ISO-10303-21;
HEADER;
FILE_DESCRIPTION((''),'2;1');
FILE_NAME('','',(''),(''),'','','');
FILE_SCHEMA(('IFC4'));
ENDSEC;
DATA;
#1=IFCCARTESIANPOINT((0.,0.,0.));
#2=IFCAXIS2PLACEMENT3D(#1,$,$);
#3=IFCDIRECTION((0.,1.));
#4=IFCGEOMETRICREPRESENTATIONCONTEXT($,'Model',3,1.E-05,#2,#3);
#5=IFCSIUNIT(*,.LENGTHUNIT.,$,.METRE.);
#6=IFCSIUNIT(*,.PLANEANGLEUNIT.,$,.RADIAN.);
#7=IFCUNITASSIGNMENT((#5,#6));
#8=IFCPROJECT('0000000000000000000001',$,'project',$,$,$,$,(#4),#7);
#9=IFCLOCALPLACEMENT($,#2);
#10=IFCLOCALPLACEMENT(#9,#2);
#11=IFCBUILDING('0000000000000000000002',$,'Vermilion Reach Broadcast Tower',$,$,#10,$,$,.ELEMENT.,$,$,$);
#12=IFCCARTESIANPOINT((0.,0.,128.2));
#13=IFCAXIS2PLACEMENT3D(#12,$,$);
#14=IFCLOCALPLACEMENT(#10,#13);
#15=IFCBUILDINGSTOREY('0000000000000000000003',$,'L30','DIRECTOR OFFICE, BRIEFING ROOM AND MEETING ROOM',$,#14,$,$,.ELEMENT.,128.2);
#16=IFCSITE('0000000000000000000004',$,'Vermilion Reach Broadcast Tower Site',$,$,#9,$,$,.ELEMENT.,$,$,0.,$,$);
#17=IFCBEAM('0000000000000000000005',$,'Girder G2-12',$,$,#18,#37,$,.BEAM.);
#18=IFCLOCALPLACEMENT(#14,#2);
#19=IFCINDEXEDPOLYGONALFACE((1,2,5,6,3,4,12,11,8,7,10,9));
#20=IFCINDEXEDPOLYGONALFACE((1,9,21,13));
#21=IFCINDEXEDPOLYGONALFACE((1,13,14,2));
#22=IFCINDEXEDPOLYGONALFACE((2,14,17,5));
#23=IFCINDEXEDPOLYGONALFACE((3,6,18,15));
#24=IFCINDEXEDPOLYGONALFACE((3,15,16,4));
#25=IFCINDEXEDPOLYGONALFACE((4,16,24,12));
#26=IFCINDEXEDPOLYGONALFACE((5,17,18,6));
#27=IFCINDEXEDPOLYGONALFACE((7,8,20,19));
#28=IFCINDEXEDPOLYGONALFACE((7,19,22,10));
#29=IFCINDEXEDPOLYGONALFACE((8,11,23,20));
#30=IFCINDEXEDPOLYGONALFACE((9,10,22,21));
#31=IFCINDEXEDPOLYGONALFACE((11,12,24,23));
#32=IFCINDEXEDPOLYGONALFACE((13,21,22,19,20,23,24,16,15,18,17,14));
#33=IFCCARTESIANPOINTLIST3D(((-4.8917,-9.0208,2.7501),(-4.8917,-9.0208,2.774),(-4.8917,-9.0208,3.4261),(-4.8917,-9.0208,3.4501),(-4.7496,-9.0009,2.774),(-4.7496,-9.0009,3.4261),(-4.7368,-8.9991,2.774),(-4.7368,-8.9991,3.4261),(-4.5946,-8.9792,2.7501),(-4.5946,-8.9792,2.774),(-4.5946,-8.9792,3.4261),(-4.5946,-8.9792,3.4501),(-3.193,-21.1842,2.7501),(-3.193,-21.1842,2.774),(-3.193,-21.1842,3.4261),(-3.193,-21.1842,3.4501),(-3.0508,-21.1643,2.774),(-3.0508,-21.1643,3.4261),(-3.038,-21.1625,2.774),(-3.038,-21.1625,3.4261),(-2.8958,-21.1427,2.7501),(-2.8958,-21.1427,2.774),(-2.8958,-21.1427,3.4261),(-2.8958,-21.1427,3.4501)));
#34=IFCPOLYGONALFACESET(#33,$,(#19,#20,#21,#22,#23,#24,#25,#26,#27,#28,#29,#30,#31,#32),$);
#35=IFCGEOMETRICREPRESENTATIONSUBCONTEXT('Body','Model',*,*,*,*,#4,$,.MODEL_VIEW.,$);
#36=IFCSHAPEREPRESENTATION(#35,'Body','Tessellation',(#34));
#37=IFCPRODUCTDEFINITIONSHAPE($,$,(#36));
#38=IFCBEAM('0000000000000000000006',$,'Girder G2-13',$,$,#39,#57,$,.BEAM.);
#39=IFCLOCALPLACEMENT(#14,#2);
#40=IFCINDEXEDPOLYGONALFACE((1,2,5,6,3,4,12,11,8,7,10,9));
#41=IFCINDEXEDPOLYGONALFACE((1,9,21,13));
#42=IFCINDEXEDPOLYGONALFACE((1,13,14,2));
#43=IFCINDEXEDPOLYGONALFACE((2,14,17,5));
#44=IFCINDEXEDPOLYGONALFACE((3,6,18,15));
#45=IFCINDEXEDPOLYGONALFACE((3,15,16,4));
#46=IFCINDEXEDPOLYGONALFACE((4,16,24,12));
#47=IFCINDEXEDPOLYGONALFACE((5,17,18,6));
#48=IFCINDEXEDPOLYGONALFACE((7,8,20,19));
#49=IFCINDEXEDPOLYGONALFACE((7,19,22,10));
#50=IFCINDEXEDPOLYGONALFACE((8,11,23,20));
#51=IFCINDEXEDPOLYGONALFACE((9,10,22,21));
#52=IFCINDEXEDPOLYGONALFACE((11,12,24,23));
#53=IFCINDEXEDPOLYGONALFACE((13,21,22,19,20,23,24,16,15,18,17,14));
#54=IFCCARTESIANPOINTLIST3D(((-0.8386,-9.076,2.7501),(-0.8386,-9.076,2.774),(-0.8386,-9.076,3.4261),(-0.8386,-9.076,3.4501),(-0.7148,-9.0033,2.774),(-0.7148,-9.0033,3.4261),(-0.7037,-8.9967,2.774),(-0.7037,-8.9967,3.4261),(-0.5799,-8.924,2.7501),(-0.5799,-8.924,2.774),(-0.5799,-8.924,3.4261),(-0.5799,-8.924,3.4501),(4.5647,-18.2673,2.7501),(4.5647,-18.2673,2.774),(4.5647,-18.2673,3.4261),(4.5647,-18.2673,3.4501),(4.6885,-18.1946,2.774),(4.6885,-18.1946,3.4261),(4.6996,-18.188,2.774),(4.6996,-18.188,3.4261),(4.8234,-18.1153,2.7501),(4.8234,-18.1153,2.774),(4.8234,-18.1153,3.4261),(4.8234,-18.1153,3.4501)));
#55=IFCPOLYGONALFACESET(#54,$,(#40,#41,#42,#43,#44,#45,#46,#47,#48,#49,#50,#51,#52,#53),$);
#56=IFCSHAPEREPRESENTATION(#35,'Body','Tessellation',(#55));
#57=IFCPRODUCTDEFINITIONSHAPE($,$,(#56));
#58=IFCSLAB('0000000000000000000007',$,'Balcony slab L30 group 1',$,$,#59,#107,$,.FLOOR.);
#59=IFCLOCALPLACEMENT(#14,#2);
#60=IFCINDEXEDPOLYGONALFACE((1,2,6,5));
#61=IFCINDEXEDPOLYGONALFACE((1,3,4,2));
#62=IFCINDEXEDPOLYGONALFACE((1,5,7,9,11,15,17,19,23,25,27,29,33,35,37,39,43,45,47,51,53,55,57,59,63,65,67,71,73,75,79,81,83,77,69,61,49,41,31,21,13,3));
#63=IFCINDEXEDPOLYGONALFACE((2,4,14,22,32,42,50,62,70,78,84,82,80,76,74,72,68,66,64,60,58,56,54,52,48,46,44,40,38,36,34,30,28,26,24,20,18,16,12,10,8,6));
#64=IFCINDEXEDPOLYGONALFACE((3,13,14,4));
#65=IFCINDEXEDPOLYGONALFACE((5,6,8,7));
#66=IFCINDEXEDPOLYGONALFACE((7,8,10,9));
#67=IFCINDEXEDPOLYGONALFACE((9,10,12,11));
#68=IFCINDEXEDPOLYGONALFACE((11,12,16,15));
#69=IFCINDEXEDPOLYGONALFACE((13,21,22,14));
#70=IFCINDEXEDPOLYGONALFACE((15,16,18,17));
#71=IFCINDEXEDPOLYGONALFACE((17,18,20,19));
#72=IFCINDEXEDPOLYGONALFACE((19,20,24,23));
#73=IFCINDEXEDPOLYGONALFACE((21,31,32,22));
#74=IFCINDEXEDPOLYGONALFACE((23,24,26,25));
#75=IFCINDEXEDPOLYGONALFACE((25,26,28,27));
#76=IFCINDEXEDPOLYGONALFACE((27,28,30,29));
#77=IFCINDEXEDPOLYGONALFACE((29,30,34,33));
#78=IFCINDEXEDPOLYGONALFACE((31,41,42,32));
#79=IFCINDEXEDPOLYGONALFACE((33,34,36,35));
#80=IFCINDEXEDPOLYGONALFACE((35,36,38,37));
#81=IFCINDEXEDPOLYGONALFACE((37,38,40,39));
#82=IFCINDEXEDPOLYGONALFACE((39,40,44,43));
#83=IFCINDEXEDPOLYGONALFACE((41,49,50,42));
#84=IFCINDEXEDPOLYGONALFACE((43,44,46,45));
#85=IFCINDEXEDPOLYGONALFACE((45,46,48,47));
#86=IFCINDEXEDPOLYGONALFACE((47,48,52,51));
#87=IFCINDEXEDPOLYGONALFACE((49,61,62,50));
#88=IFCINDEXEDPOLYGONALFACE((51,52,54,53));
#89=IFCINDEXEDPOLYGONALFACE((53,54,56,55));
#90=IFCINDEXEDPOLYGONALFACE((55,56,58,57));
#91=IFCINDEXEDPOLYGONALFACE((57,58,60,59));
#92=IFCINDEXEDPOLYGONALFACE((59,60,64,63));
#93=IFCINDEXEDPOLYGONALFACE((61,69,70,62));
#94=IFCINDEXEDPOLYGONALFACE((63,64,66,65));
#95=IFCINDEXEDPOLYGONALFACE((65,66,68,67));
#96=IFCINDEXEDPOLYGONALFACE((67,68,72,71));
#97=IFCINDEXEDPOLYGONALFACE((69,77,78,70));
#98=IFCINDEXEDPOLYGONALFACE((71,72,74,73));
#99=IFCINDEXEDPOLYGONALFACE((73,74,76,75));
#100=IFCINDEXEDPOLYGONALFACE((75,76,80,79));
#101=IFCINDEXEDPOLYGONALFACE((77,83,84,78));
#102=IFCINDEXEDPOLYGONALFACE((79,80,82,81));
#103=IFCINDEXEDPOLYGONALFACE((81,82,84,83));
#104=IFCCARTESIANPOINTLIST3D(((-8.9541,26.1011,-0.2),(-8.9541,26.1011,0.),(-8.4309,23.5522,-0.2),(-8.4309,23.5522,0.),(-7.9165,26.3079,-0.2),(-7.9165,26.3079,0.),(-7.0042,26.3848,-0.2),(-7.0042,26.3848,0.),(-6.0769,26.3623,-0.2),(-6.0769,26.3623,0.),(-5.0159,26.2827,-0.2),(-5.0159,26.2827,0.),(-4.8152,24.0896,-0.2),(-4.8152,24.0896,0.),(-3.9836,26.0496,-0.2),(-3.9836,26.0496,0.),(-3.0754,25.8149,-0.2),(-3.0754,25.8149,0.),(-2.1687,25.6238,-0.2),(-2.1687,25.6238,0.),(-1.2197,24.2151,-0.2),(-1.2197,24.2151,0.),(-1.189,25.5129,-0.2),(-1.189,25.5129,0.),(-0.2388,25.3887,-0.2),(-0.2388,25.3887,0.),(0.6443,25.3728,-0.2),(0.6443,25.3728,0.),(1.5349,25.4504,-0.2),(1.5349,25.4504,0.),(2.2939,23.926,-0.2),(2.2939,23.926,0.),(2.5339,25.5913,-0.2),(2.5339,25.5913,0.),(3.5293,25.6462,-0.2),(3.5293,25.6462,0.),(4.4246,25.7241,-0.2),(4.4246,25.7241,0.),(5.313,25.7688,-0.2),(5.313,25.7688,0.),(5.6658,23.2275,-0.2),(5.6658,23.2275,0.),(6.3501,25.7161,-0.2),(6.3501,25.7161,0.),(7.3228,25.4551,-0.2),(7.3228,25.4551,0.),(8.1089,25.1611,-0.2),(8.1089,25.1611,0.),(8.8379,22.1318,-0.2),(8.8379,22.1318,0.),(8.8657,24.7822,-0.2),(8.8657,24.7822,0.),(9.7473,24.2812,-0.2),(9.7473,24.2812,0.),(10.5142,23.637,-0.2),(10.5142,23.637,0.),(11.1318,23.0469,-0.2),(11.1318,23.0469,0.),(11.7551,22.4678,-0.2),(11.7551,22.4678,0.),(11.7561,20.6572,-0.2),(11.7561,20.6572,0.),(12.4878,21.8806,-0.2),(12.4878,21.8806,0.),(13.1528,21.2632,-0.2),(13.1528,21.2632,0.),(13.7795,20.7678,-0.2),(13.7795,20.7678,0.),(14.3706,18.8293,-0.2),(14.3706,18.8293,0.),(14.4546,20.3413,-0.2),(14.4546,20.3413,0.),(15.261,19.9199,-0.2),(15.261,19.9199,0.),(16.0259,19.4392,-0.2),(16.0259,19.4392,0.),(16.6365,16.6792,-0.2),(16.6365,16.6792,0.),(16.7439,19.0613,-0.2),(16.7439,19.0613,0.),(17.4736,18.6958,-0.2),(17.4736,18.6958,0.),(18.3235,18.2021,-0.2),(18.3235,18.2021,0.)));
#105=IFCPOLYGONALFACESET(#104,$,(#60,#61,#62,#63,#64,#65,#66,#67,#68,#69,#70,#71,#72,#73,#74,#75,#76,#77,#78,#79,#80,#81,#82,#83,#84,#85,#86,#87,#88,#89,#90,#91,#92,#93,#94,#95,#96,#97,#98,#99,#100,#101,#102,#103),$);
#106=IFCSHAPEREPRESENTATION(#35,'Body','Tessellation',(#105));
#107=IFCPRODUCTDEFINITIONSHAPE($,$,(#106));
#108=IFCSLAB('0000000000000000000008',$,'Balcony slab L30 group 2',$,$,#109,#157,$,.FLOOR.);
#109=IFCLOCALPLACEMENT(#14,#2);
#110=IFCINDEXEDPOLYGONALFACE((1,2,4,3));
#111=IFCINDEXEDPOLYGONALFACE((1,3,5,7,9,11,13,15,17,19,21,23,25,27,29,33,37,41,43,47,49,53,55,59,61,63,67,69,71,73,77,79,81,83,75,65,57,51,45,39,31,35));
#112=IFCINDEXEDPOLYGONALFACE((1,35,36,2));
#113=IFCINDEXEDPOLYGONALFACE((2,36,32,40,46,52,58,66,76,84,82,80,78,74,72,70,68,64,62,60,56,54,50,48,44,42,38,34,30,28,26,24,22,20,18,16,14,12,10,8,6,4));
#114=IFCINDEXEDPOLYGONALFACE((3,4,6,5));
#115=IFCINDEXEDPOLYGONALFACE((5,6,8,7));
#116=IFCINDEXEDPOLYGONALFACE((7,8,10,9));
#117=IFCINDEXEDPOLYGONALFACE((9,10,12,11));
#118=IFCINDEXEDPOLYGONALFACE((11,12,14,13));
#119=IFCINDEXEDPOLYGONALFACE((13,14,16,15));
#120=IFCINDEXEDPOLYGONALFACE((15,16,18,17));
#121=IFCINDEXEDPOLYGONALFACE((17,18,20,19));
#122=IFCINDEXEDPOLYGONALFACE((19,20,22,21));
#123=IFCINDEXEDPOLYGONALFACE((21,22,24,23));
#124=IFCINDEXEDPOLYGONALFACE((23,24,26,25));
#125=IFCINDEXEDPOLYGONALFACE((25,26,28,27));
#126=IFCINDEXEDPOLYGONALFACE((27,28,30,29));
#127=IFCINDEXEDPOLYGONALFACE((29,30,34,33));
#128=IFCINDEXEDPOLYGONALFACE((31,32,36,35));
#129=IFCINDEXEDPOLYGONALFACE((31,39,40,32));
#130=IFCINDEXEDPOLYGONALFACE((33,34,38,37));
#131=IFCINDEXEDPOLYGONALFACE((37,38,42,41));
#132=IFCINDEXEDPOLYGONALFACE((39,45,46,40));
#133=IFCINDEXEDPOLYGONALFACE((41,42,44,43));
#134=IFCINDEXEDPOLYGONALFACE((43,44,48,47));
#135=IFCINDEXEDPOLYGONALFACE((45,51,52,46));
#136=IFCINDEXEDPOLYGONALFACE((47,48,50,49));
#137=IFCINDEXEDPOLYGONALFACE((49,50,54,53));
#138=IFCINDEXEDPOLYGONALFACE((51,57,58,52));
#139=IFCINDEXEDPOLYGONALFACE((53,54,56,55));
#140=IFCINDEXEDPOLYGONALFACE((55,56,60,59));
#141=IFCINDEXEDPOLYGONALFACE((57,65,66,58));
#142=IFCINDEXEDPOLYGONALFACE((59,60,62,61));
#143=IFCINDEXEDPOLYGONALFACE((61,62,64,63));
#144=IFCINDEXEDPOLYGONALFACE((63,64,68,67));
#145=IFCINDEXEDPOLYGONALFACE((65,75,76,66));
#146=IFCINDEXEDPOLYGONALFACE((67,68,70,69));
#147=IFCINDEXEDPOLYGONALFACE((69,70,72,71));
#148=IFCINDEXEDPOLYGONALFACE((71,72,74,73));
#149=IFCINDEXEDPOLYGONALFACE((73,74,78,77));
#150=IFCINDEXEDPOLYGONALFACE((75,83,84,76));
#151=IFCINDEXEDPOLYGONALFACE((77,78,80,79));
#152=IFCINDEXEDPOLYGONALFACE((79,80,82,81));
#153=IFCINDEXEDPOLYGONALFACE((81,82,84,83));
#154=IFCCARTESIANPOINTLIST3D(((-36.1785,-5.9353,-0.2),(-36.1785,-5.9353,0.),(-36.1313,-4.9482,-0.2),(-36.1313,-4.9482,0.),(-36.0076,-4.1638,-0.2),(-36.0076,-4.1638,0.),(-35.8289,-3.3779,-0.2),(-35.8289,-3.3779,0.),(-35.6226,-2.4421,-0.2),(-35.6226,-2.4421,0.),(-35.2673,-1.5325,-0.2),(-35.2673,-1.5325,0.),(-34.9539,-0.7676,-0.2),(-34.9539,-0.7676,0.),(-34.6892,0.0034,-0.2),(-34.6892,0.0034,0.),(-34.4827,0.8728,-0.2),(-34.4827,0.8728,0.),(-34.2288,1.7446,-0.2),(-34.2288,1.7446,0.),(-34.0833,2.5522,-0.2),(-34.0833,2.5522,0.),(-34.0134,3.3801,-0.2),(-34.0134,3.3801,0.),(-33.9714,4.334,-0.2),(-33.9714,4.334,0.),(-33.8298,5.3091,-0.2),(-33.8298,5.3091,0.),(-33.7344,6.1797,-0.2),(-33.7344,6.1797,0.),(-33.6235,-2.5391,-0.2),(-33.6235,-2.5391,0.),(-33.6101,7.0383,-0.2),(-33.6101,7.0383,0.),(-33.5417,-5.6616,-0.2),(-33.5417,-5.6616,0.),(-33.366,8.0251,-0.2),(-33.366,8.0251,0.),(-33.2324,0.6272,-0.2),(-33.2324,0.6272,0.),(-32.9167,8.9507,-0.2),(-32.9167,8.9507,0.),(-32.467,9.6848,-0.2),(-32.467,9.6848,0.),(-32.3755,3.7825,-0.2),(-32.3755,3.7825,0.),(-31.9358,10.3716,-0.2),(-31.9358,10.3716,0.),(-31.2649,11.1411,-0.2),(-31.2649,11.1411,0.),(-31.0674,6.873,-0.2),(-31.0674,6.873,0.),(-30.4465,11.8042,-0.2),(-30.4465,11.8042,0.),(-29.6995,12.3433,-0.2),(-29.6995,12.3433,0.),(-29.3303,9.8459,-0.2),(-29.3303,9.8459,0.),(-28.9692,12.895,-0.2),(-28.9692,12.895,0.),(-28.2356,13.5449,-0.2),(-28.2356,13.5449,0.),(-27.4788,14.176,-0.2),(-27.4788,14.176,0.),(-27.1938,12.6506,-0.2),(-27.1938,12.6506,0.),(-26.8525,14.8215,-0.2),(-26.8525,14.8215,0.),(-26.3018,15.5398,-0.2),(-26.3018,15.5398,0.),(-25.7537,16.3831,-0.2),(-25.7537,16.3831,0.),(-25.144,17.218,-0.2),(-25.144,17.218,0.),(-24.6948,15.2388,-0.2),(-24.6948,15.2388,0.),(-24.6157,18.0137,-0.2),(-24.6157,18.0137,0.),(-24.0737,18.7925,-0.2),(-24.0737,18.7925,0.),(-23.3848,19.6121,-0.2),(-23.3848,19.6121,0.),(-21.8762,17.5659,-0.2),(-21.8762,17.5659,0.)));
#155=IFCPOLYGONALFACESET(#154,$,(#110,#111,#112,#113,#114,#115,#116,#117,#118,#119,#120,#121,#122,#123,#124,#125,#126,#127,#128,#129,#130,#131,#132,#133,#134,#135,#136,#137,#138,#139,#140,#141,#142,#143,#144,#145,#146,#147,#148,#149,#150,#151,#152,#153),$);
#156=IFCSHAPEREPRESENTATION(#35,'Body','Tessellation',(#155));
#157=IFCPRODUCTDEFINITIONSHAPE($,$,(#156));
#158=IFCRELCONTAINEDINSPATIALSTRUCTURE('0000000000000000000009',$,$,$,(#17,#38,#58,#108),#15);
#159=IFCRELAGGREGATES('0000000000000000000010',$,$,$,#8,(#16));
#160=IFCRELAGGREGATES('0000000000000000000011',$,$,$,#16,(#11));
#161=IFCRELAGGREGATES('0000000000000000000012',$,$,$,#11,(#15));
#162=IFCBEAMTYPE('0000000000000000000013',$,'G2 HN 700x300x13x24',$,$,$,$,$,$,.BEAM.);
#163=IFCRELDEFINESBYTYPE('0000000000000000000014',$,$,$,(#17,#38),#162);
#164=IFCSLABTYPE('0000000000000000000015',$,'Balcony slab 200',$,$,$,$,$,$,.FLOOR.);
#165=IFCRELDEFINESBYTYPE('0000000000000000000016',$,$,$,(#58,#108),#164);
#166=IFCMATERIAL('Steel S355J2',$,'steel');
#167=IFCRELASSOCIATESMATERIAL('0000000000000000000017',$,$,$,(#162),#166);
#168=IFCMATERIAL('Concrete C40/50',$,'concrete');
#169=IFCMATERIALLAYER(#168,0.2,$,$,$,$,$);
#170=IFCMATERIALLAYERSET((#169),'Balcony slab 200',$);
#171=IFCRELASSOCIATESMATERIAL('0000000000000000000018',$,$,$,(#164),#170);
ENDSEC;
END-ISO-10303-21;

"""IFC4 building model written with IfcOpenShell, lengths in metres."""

from ifc_helpers import new_model, si_unit, direction, frame, origin, origin_2d, place, context, subcontext, project, spatial, polyline, i_section, outline, extrude, material, layer, layer_set, material_profile, profile_set, type_object, element, save


model = new_model("IFC4")

# Units and contexts
model_context = context("Model", 3, precision=1e-05, world=origin(), true_north=direction((0.0, 1.0)))
body_context = subcontext(model_context, "Body", "Model", "MODEL_VIEW")
ifc_project = project(units=[si_unit("LENGTHUNIT", "METRE"), si_unit("PLANEANGLEUNIT", "RADIAN")], contexts=[model_context])

# Site, building, storey
site_placement = place(None, origin())
site = spatial("IfcSite", under=ifc_project, at=site_placement, Name="Vermilion Reach Broadcast Tower Site", CompositionType="ELEMENT", RefElevation=0.0)
building_placement = place(site_placement, origin())
building = spatial("IfcBuilding", under=site, at=building_placement, Name="Vermilion Reach Broadcast Tower", CompositionType="ELEMENT")
storey_placement = place(building_placement, frame((0.0, 0.0, 128.2)))
storey = spatial("IfcBuildingStorey", under=building, at=storey_placement, Name="L30", Description="DIRECTOR OFFICE, BRIEFING ROOM AND MEETING ROOM", CompositionType="ELEMENT", Elevation=128.2)

# Beams
ifc_material_1 = material(Name="Steel S355J2", Category="steel")
ifc_material_profile = material_profile(ifc_material_1, i_section(OverallWidth=0.3, OverallDepth=0.7, WebThickness=0.0129, FlangeThickness=0.0239, at=origin_2d()), Name="S355J2 HN 700x300x13x24")
ifc_profile_set = profile_set([ifc_material_profile], Name="Steel S355J2")
beam_type = type_object("IfcBeamType", Name="G2 HN 700x300x13x24", PredefinedType="BEAM", material=ifc_profile_set)
beam_1_placement = place(storey_placement, frame((-4.7432, -9.0, 3.1001), z_axis=(0.138318, -0.990388, 0.0), x_axis=(0.990388, 0.138318, 0.0)))
element("IfcBeam", 1, at=beam_1_placement, inside=storey, type_object=beam_type, Name="Girder G2-12", PredefinedType="BEAM", context=body_context, shape_type="SweptSolid", body=[
    extrude(i_section(OverallWidth=0.3, OverallDepth=0.7, WebThickness=0.0129, FlangeThickness=0.0239, at=origin_2d()), origin(), (0.0, 0.0, 1.0), 12.2815),
])
beam_2_placement = place(storey_placement, frame((-0.7092, -9.0, 3.1001), z_axis=(0.506784, -0.862073, 0.0), x_axis=(0.862073, 0.506784, 0.0)))
element("IfcBeam", 2, at=beam_2_placement, inside=storey, type_object=beam_type, Name="Girder G2-13", PredefinedType="BEAM", context=body_context, shape_type="SweptSolid", body=[
    extrude(i_section(OverallWidth=0.3, OverallDepth=0.7, WebThickness=0.0129, FlangeThickness=0.0239, at=origin_2d()), origin(), (0.0, 0.0, 1.0), 10.6619),
])

# Slabs
ifc_material_2 = material(Name="Concrete C40/50", Category="concrete")
ifc_layer_1 = layer(ifc_material_2, 0.2)
ifc_layer_set_1 = layer_set([ifc_layer_1], Name="Balcony slab 200")
slab_type_1 = type_object("IfcSlabType", Name="Balcony slab 200", PredefinedType="FLOOR", material=ifc_layer_set_1)
placement_1 = place(storey_placement, frame((0.0, 0.0, -0.2)))
element("IfcSlab", 3, at=placement_1, inside=storey, type_object=slab_type_1, Name="Balcony slab L30 group 1", PredefinedType="FLOOR", context=body_context, shape_type="SweptSolid", body=[
    extrude(outline(polyline([(16.6365, 16.6792), (14.3706, 18.8293), (11.7561, 20.6572), (8.8379, 22.1318), (5.6658, 23.2275), (2.2939, 23.926), (-1.2197, 24.2151), (-4.8152, 24.0896), (-8.4309, 23.5522), (-8.9541, 26.1011), (-7.9165, 26.3079), (-7.0042, 26.3848), (-6.0769, 26.3623), (-5.0159, 26.2827), (-3.9836, 26.0496), (-3.0754, 25.8149), (-2.1687, 25.6238), (-1.189, 25.5129), (-0.2388, 25.3887), (0.6443, 25.3728), (1.5349, 25.4504), (2.5339, 25.5913), (3.5293, 25.6462), (4.4246, 25.7241), (5.313, 25.7688), (6.3501, 25.7161), (7.3228, 25.4551), (8.1089, 25.1611), (8.8657, 24.7822), (9.7473, 24.2812), (10.5142, 23.637), (11.1318, 23.0469), (11.7551, 22.4678), (12.4878, 21.8806), (13.1528, 21.2632), (13.7795, 20.7678), (14.4546, 20.3413), (15.261, 19.9199), (16.0259, 19.4392), (16.7439, 19.0613), (17.4736, 18.6958), (18.3235, 18.2021), (16.6365, 16.6792)])), origin(), (0.0, 0.0, 1.0), 0.2),
])
element("IfcSlab", 4, at=placement_1, inside=storey, type_object=slab_type_1, Name="Balcony slab L30 group 2", PredefinedType="FLOOR", context=body_context, shape_type="SweptSolid", body=[
    extrude(outline(polyline([(-21.8762, 17.5659), (-24.6948, 15.2388), (-27.1938, 12.6506), (-29.3303, 9.8459), (-31.0674, 6.873), (-32.3755, 3.7825), (-33.2324, 0.6272), (-33.6235, -2.5391), (-33.5417, -5.6616), (-36.1785, -5.9353), (-36.1313, -4.9482), (-36.0076, -4.1638), (-35.8289, -3.3779), (-35.6226, -2.4421), (-35.2673, -1.5325), (-34.9539, -0.7676), (-34.6892, 0.0034), (-34.4827, 0.8728), (-34.2288, 1.7446), (-34.0833, 2.5522), (-34.0134, 3.3801), (-33.9714, 4.334), (-33.8298, 5.3091), (-33.7344, 6.1797), (-33.6101, 7.0383), (-33.366, 8.0251), (-32.9167, 8.9507), (-32.467, 9.6848), (-31.9358, 10.3716), (-31.2649, 11.1411), (-30.4465, 11.8042), (-29.6995, 12.3433), (-28.9692, 12.895), (-28.2356, 13.5449), (-27.4788, 14.176), (-26.8525, 14.8215), (-26.3018, 15.5398), (-25.7537, 16.3831), (-25.144, 17.218), (-24.6157, 18.0137), (-24.0737, 18.7925), (-23.3848, 19.6121), (-21.8762, 17.5659)])), origin(), (0.0, 0.0, 1.0), 0.2),
])

save(model, "model.ifc")
